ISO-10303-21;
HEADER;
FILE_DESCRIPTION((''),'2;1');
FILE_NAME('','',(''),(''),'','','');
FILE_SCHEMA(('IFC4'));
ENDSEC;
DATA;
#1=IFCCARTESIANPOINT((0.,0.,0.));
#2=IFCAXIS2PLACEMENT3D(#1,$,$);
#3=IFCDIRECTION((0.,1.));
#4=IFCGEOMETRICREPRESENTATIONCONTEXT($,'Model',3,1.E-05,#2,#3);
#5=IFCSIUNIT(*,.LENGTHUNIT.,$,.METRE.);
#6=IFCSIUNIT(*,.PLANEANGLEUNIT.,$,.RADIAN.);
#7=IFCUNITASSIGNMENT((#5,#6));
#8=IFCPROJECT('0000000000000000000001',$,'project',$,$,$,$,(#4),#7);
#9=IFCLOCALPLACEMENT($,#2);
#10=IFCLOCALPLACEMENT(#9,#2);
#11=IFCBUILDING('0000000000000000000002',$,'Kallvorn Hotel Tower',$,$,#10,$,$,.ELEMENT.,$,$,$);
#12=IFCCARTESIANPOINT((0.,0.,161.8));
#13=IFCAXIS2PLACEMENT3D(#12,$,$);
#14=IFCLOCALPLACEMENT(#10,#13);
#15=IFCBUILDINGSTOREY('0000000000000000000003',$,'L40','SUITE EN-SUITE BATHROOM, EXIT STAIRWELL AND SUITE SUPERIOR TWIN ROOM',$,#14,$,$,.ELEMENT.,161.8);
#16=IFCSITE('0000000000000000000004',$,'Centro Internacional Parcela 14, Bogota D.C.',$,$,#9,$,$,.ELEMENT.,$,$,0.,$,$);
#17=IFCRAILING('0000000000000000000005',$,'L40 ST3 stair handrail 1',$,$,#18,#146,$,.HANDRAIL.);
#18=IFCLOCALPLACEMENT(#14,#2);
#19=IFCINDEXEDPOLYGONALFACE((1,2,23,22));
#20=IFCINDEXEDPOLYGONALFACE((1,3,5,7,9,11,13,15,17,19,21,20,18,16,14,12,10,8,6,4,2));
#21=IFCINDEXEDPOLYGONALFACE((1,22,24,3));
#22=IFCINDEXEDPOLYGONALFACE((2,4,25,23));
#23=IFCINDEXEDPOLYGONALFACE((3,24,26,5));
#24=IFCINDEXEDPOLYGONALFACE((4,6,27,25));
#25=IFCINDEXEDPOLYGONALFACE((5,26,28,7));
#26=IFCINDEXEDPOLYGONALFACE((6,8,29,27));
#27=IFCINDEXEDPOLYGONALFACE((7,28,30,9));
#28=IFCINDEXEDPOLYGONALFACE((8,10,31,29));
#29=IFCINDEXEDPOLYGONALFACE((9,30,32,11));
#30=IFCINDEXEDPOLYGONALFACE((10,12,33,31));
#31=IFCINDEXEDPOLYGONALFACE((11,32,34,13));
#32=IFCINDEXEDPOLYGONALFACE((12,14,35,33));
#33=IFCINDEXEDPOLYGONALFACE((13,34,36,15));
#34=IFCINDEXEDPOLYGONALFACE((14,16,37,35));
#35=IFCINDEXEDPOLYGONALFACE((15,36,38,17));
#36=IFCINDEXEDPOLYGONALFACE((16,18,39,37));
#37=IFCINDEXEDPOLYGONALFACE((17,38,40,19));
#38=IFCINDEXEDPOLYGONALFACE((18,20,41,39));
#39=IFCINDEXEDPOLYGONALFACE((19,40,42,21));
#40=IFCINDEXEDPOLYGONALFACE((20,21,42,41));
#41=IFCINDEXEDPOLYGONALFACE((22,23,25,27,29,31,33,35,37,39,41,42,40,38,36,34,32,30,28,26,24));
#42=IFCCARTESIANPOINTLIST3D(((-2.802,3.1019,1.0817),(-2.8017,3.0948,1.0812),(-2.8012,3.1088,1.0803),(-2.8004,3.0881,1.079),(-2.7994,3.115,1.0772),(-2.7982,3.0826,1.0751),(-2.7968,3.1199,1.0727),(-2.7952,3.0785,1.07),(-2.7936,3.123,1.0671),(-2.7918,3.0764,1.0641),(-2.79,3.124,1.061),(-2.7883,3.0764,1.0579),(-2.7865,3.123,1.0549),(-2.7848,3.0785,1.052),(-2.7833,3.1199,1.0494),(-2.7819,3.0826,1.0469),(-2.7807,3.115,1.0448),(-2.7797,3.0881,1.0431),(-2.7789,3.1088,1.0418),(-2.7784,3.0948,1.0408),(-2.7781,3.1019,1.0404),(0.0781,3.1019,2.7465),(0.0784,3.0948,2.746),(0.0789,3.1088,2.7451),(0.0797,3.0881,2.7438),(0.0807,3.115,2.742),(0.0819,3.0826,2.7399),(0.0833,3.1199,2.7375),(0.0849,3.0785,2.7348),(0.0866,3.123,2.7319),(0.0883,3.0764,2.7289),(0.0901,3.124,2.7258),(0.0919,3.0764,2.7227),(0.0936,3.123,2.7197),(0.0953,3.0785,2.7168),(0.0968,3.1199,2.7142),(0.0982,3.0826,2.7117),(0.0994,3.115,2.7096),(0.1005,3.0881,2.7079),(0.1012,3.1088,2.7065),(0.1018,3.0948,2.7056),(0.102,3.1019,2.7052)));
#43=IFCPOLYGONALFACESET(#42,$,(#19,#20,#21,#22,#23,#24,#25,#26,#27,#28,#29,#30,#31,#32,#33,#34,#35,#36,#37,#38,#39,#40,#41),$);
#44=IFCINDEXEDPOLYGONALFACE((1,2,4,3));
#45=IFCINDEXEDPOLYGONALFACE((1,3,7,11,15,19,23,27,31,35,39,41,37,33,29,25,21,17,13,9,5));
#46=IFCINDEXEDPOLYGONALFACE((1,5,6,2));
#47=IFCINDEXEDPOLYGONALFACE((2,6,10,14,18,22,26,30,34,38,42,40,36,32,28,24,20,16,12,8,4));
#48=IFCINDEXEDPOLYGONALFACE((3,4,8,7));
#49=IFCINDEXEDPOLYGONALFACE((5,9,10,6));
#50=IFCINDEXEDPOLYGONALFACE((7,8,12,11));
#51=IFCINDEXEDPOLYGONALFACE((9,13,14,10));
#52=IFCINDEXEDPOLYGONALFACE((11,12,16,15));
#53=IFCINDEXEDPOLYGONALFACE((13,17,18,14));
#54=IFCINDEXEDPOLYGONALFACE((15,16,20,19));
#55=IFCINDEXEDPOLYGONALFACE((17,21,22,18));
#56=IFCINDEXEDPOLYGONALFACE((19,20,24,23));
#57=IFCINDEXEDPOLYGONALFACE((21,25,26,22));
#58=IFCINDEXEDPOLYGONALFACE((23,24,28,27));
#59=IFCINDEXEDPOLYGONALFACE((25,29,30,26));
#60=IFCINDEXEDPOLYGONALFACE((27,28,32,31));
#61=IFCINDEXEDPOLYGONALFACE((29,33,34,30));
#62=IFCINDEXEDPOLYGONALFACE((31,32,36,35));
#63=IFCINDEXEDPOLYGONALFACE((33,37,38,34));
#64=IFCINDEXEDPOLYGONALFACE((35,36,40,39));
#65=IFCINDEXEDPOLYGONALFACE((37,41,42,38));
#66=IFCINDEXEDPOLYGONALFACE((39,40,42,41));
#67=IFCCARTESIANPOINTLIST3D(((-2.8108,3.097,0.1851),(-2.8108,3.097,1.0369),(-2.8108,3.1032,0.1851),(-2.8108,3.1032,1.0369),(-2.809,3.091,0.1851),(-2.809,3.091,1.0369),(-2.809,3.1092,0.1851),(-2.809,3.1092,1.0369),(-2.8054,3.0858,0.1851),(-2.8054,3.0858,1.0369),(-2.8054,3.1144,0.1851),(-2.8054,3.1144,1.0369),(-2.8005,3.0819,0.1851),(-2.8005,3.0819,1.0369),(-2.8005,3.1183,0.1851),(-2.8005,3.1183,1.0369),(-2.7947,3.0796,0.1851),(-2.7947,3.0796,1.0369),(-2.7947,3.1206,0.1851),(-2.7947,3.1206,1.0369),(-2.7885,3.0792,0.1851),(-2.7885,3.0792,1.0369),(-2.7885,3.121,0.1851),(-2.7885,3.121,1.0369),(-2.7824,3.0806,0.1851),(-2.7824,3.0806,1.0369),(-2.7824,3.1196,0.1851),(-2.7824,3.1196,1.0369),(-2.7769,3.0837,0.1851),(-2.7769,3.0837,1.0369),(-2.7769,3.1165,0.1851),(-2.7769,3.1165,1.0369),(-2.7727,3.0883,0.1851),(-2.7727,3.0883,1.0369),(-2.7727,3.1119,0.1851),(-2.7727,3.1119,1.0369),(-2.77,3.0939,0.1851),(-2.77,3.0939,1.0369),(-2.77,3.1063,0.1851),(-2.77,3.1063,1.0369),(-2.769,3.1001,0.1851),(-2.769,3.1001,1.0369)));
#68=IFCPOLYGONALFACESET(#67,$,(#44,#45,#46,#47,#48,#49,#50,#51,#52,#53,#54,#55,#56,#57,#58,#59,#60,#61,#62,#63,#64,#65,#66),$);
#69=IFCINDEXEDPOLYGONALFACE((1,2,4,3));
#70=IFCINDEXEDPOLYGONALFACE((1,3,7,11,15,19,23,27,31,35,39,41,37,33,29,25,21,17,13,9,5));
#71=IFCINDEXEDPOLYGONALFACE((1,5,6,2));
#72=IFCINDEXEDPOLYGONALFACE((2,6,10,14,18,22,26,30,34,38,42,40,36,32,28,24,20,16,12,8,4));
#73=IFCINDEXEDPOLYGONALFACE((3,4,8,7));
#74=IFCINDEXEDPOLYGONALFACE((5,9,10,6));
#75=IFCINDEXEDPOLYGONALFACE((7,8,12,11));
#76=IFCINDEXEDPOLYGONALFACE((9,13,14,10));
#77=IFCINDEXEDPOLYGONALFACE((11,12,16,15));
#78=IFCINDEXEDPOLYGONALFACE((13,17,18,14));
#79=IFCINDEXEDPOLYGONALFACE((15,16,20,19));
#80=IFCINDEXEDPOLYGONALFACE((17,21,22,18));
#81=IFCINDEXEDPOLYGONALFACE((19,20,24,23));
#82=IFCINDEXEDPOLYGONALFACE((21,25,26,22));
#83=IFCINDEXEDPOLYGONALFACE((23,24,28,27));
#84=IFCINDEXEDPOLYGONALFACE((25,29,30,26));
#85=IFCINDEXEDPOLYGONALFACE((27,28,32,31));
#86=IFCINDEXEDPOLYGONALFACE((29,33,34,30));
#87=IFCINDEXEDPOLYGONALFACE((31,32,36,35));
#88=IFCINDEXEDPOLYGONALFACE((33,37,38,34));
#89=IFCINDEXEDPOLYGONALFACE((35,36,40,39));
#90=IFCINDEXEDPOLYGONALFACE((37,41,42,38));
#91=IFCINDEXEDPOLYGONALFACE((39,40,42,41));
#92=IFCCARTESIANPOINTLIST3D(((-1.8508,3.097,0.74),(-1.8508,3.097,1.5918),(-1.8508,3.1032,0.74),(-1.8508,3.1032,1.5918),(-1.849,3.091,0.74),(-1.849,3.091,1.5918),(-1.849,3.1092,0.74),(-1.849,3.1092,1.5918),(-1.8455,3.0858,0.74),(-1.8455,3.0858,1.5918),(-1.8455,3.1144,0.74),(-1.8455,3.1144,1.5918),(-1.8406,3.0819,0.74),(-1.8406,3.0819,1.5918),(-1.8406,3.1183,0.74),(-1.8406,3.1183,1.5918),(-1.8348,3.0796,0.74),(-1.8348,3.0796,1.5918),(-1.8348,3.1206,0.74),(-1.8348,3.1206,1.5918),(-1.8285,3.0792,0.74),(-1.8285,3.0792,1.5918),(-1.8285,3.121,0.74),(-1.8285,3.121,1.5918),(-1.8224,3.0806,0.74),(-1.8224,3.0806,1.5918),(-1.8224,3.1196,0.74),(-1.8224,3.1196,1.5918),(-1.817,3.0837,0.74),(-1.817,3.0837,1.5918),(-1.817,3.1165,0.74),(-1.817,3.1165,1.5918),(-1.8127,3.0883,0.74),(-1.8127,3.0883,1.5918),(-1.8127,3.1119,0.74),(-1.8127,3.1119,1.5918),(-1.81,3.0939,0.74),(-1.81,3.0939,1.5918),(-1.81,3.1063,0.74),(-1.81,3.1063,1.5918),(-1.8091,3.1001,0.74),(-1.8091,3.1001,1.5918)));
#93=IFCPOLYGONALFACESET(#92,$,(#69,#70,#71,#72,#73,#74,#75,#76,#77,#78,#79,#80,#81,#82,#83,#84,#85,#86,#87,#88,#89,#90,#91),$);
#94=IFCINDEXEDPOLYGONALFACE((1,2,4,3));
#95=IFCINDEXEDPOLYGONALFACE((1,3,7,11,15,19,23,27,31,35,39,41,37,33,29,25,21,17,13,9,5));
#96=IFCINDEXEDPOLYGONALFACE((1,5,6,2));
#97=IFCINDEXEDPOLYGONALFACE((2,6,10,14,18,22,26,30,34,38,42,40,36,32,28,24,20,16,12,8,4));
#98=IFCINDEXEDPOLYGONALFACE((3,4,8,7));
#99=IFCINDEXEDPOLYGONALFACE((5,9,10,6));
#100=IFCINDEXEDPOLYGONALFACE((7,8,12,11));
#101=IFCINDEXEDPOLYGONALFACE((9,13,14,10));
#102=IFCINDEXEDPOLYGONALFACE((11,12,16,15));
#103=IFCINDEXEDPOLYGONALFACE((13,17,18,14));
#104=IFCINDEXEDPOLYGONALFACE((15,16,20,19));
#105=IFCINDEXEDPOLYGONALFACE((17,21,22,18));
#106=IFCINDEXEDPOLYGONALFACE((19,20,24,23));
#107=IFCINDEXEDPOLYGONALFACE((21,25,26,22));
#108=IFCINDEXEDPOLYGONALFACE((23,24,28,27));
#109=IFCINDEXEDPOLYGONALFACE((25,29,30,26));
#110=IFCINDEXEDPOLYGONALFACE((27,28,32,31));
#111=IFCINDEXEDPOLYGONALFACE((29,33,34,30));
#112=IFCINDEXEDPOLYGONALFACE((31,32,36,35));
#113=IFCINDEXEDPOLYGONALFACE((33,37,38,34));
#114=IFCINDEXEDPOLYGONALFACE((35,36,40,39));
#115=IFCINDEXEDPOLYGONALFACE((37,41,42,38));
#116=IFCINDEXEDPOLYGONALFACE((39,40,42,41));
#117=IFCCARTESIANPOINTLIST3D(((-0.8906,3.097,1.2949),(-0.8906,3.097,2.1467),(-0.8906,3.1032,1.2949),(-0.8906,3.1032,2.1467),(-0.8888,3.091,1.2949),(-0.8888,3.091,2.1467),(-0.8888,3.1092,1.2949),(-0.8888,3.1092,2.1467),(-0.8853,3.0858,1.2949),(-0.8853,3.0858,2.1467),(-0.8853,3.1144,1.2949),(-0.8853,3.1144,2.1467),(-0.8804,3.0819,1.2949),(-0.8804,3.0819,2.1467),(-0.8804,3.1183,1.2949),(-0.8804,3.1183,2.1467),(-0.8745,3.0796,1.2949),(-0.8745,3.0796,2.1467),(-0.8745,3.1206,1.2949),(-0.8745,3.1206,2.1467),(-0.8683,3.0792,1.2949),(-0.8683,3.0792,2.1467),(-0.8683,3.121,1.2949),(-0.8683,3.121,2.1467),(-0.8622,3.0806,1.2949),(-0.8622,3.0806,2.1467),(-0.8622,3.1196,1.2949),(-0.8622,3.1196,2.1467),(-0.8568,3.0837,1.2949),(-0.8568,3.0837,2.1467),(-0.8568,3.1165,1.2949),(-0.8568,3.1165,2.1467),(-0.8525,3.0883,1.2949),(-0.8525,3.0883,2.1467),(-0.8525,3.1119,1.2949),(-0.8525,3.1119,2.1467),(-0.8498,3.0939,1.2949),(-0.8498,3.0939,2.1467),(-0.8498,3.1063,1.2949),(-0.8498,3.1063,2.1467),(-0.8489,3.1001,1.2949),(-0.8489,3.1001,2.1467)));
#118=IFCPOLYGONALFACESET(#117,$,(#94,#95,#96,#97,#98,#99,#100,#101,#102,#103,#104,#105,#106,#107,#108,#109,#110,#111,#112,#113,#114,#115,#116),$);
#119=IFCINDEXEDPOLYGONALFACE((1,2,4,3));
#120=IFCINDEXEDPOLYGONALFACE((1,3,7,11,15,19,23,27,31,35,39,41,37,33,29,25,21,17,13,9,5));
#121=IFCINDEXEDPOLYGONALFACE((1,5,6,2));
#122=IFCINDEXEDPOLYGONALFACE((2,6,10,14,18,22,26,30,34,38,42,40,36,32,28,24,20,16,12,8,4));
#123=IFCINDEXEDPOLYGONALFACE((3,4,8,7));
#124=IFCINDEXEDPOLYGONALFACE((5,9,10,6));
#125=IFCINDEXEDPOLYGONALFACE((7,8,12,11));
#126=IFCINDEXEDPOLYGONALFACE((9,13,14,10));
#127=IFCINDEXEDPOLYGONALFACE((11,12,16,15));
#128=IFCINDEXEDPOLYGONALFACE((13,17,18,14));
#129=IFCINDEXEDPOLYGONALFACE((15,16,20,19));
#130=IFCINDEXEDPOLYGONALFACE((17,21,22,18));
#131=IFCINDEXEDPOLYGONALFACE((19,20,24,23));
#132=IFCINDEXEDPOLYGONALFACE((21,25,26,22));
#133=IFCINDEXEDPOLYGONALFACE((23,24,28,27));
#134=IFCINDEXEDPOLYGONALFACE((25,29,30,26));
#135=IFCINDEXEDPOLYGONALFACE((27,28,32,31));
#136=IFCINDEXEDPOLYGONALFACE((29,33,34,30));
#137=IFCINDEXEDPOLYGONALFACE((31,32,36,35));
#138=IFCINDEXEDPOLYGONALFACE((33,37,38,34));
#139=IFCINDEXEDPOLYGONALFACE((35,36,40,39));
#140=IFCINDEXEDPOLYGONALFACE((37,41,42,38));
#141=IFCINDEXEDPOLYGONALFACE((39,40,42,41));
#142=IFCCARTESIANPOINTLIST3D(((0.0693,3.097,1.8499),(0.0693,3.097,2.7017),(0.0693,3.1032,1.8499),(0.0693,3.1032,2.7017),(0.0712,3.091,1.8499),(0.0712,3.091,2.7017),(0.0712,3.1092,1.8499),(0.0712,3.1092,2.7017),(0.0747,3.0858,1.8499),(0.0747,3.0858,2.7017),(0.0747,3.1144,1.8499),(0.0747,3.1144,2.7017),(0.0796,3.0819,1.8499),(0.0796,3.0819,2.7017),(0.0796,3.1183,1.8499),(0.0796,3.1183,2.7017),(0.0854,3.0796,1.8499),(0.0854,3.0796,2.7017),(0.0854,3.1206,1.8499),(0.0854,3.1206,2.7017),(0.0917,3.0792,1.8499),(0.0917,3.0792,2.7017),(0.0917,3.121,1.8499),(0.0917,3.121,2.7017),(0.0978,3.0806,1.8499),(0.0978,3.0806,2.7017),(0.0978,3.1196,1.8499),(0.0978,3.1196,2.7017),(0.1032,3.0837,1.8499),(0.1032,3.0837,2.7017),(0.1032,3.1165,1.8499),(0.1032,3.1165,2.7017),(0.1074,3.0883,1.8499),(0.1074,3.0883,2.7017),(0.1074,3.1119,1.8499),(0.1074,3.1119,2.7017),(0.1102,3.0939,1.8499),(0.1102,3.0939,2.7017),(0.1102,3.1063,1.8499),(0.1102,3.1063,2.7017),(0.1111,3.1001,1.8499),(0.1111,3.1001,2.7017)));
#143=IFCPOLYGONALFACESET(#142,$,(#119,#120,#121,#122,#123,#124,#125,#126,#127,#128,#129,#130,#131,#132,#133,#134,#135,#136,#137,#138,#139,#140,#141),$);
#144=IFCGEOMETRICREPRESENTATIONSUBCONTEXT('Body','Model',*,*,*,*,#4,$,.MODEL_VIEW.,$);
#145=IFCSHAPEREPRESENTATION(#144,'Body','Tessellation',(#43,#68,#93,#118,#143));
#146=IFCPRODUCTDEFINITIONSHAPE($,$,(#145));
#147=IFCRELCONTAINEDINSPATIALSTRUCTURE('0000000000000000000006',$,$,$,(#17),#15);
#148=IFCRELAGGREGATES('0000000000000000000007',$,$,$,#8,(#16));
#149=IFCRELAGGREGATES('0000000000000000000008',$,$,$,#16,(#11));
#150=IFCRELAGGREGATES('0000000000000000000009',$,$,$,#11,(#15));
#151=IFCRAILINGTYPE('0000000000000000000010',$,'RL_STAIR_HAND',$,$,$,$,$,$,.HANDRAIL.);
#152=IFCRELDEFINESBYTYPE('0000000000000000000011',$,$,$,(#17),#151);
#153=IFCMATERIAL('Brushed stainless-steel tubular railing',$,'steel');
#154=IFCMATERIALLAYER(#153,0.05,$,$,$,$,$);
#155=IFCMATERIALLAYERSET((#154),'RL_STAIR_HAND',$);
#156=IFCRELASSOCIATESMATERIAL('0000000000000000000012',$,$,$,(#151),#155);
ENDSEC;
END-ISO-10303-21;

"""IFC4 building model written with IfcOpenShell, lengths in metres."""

from ifc_helpers import new_model, si_unit, direction, frame, origin, origin_2d, place, context, subcontext, project, spatial, circle, extrude, material, layer, layer_set, type_object, element, save


model = new_model("IFC4")

# Units and contexts
model_context = context("Model", 3, precision=1e-05, world=origin(), true_north=direction((0.0, 1.0)))
body_context = subcontext(model_context, "Body", "Model", "MODEL_VIEW")
ifc_project = project(units=[si_unit("LENGTHUNIT", "METRE"), si_unit("PLANEANGLEUNIT", "RADIAN")], contexts=[model_context])

# Site, building, storey
site_placement = place(None, origin())
site = spatial("IfcSite", under=ifc_project, at=site_placement, Name="Centro Internacional Parcela 14, Bogota D.C.", CompositionType="ELEMENT", RefElevation=0.0)
building_placement = place(site_placement, origin())
building = spatial("IfcBuilding", under=site, at=building_placement, Name="Kallvorn Hotel Tower", CompositionType="ELEMENT")
storey_placement = place(building_placement, frame((0.0, 0.0, 161.8)))
storey = spatial("IfcBuildingStorey", under=building, at=storey_placement, Name="L40", Description="SUITE EN-SUITE BATHROOM, EXIT STAIRWELL AND SUITE SUPERIOR TWIN ROOM", CompositionType="ELEMENT", Elevation=161.8)

# Railing
ifc_material_1 = material(Name="Brushed stainless-steel tubular railing", Category="steel")
ifc_layer_1 = layer(ifc_material_1, 0.05)
ifc_layer_set_1 = layer_set([ifc_layer_1], Name="RL_STAIR_HAND")
railing_type_1 = type_object("IfcRailingType", Name="RL_STAIR_HAND", PredefinedType="HANDRAIL", material=ifc_layer_set_1)
railing_1_placement = place(storey_placement, frame((-2.79, 3.1001, 0.1851)))
element("IfcRailing", 1, at=railing_1_placement, inside=storey, type_object=railing_type_1, Name="L40 ST3 stair handrail 1", PredefinedType="HANDRAIL", context=body_context, shape_type="SweptSolid", body=[
    extrude(circle(Radius=0.0239, at=origin_2d()), frame((0.0, 0.0, 0.876), z_axis=(0.865771, 0.0, 0.50044), x_axis=(0.0, 1.0, 0.0)), (0.0, 0.0, 1.0), 3.3267),
    extrude(circle(Radius=0.021, at=origin_2d()), origin(), (0.0, 0.0, 1.0), 0.8518),
    extrude(circle(Radius=0.021, at=origin_2d()), frame((0.96, 0.0, 0.5549)), (0.0, 0.0, 1.0), 0.8518),
    extrude(circle(Radius=0.021, at=origin_2d()), frame((1.9202, 0.0, 1.1099)), (0.0, 0.0, 1.0), 0.8518),
    extrude(circle(Radius=0.021, at=origin_2d()), frame((2.8801, 0.0, 1.6648)), (0.0, 0.0, 1.0), 0.8518),
])

save(model, "model.ifc")
